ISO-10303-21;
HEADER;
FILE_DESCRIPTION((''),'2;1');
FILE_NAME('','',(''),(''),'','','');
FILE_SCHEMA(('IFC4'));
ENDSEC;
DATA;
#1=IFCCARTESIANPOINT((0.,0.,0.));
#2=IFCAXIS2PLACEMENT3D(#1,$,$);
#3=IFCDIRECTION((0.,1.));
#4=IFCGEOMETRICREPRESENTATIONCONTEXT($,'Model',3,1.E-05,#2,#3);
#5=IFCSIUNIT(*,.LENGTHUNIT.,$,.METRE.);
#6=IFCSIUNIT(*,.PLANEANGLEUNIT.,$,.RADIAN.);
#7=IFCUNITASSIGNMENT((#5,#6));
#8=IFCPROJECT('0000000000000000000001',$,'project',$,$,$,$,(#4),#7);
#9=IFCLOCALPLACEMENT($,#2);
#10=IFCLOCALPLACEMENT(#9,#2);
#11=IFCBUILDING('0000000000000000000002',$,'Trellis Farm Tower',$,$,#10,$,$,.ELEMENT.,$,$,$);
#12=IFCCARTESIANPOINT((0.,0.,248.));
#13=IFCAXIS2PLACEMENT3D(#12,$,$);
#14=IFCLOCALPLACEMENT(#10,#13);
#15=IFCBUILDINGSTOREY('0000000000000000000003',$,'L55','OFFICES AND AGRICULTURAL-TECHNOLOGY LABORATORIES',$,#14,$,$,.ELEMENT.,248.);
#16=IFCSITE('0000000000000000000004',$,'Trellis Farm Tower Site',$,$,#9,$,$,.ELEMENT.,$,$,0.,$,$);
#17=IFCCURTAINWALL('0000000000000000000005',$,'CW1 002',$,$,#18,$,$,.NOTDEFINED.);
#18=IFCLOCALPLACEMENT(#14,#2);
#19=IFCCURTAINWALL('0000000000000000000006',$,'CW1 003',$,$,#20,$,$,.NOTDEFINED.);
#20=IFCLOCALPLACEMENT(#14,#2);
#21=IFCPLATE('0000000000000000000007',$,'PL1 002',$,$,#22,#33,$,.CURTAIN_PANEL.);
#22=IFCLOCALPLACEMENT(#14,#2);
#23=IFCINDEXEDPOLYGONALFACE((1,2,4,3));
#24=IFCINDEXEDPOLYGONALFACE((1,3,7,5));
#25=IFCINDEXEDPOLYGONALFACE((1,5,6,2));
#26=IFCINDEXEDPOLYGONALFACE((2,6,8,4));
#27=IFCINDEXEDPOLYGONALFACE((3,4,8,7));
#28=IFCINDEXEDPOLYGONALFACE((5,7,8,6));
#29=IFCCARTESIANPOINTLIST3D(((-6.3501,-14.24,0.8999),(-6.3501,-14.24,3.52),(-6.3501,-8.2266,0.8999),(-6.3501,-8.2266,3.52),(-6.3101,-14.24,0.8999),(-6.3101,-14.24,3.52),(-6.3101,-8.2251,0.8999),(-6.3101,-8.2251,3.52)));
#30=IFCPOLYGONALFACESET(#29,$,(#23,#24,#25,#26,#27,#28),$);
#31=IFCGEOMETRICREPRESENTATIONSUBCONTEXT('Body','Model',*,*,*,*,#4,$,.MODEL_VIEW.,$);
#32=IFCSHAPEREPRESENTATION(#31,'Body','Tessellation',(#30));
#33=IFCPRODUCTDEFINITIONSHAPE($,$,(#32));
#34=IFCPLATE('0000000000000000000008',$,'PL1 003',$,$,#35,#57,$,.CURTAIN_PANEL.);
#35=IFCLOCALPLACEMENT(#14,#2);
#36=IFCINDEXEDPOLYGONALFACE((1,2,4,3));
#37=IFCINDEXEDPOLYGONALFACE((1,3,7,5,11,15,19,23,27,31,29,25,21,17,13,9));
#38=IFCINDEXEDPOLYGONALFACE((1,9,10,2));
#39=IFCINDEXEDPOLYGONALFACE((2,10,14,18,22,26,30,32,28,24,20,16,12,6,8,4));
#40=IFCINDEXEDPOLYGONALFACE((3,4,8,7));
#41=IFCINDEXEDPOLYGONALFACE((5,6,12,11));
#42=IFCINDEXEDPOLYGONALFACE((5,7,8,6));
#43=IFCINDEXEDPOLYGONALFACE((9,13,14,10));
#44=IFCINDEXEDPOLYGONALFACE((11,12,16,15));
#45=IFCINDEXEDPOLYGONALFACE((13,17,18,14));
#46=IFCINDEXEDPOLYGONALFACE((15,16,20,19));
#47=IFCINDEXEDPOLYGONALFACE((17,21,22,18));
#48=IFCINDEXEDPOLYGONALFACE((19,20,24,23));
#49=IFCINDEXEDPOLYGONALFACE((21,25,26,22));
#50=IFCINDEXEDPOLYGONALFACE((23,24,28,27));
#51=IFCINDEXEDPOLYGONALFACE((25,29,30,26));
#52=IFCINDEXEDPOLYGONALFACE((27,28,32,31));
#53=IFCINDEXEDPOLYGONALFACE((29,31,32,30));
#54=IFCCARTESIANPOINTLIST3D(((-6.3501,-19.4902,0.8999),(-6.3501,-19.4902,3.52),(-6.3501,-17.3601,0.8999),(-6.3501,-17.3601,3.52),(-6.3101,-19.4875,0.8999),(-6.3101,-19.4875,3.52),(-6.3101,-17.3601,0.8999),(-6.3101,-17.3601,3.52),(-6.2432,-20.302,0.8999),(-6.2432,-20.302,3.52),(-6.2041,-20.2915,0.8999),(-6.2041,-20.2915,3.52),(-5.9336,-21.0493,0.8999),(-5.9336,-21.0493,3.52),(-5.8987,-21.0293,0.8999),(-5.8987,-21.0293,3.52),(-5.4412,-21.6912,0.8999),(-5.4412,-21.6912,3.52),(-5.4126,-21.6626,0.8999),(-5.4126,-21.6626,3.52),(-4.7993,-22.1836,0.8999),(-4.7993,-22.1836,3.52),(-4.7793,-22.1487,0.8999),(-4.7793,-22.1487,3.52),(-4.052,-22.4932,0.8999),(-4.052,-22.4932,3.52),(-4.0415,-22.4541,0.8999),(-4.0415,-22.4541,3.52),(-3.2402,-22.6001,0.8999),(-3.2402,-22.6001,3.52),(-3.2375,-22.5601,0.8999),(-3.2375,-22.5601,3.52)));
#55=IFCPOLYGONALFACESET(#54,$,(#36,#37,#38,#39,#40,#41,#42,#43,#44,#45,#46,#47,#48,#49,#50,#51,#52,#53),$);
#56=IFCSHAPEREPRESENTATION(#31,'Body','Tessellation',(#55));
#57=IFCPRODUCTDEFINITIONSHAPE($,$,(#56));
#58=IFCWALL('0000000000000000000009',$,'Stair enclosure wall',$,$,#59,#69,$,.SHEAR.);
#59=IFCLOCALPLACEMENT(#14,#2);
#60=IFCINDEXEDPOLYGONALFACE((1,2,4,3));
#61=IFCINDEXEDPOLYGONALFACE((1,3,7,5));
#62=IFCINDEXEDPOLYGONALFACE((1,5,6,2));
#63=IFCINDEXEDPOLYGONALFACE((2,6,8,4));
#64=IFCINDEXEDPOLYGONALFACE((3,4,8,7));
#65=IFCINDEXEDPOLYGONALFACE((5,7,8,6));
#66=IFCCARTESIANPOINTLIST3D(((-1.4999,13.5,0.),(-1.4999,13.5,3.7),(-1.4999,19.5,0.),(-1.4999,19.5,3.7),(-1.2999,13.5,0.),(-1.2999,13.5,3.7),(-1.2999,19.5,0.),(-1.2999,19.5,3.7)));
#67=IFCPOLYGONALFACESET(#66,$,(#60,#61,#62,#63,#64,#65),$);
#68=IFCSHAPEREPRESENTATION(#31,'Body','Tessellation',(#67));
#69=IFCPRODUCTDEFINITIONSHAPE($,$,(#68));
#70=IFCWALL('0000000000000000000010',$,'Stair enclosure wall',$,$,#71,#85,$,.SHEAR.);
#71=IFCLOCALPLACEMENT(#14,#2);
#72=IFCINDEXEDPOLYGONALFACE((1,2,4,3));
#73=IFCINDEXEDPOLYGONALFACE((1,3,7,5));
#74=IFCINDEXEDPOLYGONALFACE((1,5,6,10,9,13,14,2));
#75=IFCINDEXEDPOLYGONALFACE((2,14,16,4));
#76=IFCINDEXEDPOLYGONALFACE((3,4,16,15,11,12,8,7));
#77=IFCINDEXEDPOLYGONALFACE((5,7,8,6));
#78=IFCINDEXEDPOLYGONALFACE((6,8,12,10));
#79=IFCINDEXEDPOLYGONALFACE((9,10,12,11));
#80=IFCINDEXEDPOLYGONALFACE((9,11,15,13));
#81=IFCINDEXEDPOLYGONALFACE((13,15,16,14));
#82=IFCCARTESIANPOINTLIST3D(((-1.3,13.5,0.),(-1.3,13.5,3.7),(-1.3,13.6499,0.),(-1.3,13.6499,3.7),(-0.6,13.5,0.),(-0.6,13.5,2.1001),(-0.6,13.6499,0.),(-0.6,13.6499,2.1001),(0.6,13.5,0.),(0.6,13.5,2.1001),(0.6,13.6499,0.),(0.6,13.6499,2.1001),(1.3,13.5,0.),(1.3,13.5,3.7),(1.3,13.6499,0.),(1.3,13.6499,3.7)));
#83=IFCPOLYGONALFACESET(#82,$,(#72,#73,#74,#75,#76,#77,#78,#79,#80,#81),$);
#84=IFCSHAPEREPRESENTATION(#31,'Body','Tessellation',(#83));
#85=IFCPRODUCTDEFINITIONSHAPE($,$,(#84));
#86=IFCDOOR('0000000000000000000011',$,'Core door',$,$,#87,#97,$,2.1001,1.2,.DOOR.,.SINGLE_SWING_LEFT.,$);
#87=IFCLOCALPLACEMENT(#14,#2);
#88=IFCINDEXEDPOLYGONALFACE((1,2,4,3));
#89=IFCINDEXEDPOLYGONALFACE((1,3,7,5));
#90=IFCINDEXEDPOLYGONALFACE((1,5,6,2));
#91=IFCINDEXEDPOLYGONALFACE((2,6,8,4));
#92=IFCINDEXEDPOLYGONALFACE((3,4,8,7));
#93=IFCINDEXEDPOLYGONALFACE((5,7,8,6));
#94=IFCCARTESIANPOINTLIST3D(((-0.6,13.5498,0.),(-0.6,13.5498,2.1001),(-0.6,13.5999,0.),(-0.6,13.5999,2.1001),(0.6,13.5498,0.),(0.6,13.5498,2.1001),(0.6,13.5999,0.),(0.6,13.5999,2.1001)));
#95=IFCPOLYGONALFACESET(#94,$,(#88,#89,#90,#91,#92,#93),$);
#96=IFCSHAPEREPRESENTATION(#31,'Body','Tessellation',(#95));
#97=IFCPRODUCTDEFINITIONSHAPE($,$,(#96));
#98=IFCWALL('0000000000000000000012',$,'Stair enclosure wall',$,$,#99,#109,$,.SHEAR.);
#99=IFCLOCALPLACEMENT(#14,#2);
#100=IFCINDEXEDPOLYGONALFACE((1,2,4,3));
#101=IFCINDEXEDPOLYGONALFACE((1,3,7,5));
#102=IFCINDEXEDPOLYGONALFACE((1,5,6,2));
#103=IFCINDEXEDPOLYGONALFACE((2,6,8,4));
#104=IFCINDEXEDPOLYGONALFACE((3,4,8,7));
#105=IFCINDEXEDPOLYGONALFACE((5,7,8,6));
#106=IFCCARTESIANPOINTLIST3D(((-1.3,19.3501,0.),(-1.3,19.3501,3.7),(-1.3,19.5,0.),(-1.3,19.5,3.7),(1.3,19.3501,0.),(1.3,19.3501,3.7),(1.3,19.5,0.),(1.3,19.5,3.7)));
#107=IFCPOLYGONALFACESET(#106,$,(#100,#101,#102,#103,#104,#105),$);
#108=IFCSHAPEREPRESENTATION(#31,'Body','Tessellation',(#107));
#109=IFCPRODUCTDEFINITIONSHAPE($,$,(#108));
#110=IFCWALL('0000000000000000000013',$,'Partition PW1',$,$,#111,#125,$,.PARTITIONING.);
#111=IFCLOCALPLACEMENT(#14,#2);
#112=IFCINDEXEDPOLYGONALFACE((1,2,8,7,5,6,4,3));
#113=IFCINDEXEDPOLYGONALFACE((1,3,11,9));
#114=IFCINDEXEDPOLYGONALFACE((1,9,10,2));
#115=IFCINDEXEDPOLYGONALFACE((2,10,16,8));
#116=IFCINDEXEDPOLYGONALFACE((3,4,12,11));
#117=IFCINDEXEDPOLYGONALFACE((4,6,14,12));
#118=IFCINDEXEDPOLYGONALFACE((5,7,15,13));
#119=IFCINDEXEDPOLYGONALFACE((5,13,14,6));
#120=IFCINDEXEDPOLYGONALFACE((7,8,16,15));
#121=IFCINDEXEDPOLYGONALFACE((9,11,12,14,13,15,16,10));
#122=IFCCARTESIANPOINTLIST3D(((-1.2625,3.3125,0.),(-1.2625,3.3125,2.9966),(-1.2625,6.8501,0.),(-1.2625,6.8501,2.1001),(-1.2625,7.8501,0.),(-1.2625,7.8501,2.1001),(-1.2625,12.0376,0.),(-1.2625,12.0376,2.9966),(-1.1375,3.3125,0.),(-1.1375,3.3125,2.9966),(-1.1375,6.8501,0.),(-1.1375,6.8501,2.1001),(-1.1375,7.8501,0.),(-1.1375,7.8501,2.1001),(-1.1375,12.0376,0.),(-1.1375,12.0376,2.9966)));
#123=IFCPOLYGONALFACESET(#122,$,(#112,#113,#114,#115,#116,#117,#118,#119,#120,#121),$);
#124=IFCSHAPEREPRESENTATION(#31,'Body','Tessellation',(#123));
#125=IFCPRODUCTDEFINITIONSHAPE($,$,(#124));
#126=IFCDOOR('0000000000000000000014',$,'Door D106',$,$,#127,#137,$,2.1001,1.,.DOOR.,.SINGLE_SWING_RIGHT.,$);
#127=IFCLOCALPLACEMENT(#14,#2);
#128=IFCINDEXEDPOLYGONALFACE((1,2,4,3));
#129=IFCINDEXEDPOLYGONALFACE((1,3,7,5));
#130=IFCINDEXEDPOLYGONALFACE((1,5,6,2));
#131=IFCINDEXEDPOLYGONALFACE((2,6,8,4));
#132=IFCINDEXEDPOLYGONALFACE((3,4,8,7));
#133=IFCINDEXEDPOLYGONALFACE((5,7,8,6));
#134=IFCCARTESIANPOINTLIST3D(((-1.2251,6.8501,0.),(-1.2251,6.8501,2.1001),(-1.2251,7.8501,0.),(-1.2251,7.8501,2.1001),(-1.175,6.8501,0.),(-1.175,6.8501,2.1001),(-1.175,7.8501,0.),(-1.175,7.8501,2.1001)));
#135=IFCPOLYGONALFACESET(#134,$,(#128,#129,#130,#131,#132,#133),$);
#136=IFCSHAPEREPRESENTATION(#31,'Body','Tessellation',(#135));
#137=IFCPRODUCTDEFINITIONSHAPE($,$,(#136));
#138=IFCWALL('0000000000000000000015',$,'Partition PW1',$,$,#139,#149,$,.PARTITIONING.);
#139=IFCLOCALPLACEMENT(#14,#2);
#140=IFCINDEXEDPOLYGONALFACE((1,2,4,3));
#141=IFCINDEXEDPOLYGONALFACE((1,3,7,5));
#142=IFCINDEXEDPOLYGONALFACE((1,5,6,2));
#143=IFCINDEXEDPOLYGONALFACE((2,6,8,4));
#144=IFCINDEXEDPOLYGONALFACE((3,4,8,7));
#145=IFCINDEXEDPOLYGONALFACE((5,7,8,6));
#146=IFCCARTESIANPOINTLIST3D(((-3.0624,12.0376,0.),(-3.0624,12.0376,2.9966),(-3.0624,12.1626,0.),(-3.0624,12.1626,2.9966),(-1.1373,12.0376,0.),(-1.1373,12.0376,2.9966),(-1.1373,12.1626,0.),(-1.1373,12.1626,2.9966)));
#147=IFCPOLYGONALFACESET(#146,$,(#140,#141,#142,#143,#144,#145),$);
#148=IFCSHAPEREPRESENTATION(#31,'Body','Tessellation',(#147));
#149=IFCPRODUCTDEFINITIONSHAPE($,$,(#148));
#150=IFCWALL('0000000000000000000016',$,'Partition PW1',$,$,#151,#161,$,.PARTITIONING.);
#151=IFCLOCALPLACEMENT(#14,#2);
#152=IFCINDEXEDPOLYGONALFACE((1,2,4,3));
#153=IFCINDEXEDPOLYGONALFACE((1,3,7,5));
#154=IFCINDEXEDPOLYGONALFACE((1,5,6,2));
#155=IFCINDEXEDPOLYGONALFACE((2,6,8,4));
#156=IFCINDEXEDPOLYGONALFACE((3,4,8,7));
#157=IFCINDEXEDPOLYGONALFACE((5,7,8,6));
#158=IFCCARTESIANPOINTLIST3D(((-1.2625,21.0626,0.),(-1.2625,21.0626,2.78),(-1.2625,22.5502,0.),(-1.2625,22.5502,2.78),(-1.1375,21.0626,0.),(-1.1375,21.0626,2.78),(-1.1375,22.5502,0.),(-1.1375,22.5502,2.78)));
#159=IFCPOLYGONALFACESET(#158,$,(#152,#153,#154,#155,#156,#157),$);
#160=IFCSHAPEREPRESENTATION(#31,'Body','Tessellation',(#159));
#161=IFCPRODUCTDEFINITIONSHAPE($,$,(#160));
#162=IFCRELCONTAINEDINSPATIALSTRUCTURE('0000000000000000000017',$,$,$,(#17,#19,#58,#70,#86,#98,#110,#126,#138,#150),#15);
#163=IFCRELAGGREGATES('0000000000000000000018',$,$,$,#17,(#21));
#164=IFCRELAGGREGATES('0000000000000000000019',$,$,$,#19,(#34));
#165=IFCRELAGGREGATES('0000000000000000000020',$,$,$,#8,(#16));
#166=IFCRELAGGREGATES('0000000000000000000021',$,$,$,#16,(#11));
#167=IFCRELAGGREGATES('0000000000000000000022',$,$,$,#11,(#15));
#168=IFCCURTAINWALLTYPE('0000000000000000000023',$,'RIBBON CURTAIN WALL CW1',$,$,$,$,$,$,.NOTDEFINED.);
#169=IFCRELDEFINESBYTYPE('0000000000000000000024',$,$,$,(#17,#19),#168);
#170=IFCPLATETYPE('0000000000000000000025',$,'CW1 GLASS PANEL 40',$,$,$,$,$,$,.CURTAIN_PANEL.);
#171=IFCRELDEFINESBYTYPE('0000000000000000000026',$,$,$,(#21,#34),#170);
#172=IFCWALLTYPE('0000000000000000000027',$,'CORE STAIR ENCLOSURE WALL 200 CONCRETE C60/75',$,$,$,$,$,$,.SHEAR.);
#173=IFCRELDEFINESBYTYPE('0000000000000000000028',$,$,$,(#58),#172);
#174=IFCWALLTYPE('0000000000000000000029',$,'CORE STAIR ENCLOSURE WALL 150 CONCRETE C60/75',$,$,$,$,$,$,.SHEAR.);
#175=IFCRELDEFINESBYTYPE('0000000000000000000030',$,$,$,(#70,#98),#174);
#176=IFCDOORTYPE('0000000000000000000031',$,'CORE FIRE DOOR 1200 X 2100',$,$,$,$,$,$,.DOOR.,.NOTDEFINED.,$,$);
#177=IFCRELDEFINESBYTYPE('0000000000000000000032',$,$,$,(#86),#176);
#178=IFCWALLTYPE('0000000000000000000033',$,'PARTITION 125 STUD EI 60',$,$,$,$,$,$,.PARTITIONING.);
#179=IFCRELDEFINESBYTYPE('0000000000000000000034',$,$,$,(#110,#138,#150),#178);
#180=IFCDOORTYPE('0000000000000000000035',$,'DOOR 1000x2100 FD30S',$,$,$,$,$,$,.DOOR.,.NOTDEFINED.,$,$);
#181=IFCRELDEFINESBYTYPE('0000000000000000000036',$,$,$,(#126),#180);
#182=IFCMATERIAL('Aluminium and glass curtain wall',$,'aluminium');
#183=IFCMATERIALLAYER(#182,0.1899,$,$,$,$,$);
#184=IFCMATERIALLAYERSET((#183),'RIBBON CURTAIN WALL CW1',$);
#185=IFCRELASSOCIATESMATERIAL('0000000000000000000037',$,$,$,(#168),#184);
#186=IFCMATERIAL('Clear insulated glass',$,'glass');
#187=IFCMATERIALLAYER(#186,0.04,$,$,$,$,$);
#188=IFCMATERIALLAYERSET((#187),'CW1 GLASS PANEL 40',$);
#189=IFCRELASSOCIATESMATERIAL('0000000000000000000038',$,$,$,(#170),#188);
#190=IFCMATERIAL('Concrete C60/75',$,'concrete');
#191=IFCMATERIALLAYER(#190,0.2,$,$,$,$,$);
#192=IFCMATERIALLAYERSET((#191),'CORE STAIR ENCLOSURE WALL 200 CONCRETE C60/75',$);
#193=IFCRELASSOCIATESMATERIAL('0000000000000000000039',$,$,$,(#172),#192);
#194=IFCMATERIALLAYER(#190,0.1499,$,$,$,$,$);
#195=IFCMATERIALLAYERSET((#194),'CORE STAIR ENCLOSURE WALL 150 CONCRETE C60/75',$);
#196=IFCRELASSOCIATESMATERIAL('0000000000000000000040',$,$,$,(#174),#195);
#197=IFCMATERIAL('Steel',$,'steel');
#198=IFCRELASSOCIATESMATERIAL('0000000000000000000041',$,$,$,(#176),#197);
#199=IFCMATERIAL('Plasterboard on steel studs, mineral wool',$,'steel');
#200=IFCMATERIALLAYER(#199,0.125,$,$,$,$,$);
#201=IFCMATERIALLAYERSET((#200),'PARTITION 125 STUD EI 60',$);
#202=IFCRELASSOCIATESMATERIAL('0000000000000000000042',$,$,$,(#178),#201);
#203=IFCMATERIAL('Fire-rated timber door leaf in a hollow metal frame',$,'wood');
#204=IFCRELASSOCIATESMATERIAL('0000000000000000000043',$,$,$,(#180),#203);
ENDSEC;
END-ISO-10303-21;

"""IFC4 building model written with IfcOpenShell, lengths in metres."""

from ifc_helpers import new_model, si_unit, direction, frame, frame_2d, origin, place, context, subcontext, project, spatial, polyline, rectangle, outline, extrude, source, transform, mapped, material, layer, layer_set, type_object, element, fill, aggregate, save


model = new_model("IFC4")

# Units and contexts
model_context = context("Model", 3, precision=1e-05, world=origin(), true_north=direction((0.0, 1.0)))
body_context = subcontext(model_context, "Body", "Model", "MODEL_VIEW")
ifc_project = project(units=[si_unit("LENGTHUNIT", "METRE"), si_unit("PLANEANGLEUNIT", "RADIAN")], contexts=[model_context])

# Site, building, storey
site_placement = place(None, origin())
site = spatial("IfcSite", under=ifc_project, at=site_placement, Name="Trellis Farm Tower Site", CompositionType="ELEMENT", RefElevation=0.0)
building_placement = place(site_placement, origin())
building = spatial("IfcBuilding", under=site, at=building_placement, Name="Trellis Farm Tower", CompositionType="ELEMENT")
storey_placement = place(building_placement, frame((0.0, 0.0, 248.0)))
storey = spatial("IfcBuildingStorey", under=building, at=storey_placement, Name="L55", Description="OFFICES AND AGRICULTURAL-TECHNOLOGY LABORATORIES", CompositionType="ELEMENT", Elevation=248.0)

# Shared definitions
ifc_material_1 = material(Name="Concrete C60/75", Category="concrete")

# Curtain walls
ifc_material_2 = material(Name="Aluminium and glass curtain wall", Category="aluminium")
placement_1 = place(storey_placement, origin())
ifc_layer_1 = layer(ifc_material_2, 0.1899)
ifc_layer_set_1 = layer_set([ifc_layer_1], Name="RIBBON CURTAIN WALL CW1")
curtain_wall_type_1 = type_object("IfcCurtainWallType", Name="RIBBON CURTAIN WALL CW1", PredefinedType="NOTDEFINED", material=ifc_layer_set_1)
curtain_wall_1 = element("IfcCurtainWall", 1, at=placement_1, inside=storey, type_object=curtain_wall_type_1, Name="CW1 002", PredefinedType="NOTDEFINED")
curtain_wall_2 = element("IfcCurtainWall", 2, at=placement_1, inside=storey, type_object=curtain_wall_type_1, Name="CW1 003", PredefinedType="NOTDEFINED")

# Plates
ifc_material_3 = material(Name="Clear insulated glass", Category="glass")
ifc_layer_2 = layer(ifc_material_3, 0.04)
ifc_layer_set_2 = layer_set([ifc_layer_2], Name="CW1 GLASS PANEL 40")
plate_type_1 = type_object("IfcPlateType", Name="CW1 GLASS PANEL 40", PredefinedType="CURTAIN_PANEL", material=ifc_layer_set_2)
placement_2 = place(storey_placement, frame((0.0, 0.0, 0.8999)))
shared_shape_1 = source(origin(), body_context, "Body", "SweptSolid", [
    extrude(outline(polyline([(-6.3501, -8.2266), (-6.3501, -14.24), (-6.3101, -14.24), (-6.3101, -8.2251), (-6.3501, -8.2266)])), origin(), (0.0, 0.0, 1.0), 2.6201),
])
plate_1 = element("IfcPlate", 3, at=placement_2, type_object=plate_type_1, Name="PL1 002", PredefinedType="CURTAIN_PANEL", context=body_context, shape_type="MappedRepresentation", body=[
    mapped(shared_shape_1, transform((0.0, 0.0, 0.0))),
])
aggregate(curtain_wall_1, [plate_1])
shared_shape_2 = source(origin(), body_context, "Body", "SweptSolid", [
    extrude(outline(polyline([(-6.3501, -17.3601), (-6.3501, -19.4902), (-6.2432, -20.302), (-5.9336, -21.0493), (-5.4412, -21.6912), (-4.7993, -22.1836), (-4.052, -22.4932), (-3.2402, -22.6001), (-3.2375, -22.5601), (-4.0415, -22.4541), (-4.7793, -22.1487), (-5.4126, -21.6626), (-5.8987, -21.0293), (-6.2041, -20.2915), (-6.3101, -19.4875), (-6.3101, -17.3601), (-6.3501, -17.3601)])), origin(), (0.0, 0.0, 1.0), 2.6201),
])
plate_2 = element("IfcPlate", 4, at=placement_2, type_object=plate_type_1, Name="PL1 003", PredefinedType="CURTAIN_PANEL", context=body_context, shape_type="MappedRepresentation", body=[
    mapped(shared_shape_2, transform((0.0, 0.0, 0.0))),
])
aggregate(curtain_wall_2, [plate_2])

# Wall
ifc_layer_3 = layer(ifc_material_1, 0.2)
ifc_layer_set_3 = layer_set([ifc_layer_3], Name="CORE STAIR ENCLOSURE WALL 200 CONCRETE C60/75")
wall_type_1 = type_object("IfcWallType", Name="CORE STAIR ENCLOSURE WALL 200 CONCRETE C60/75", PredefinedType="SHEAR", material=ifc_layer_set_3)
shared_shape_3 = source(origin(), body_context, "Body", "SweptSolid", [
    extrude(rectangle(XDim=6.0, YDim=0.2, at=frame_2d((3.0, 0.0))), origin(), (0.0, 0.0, 1.0), 3.7),
])
wall_1_placement = place(storey_placement, frame((-1.3999, 13.5, 0.0), z_axis=(0.0, 0.0, 1.0), x_axis=(0.0, 1.0, 0.0)))
element("IfcWall", 5, at=wall_1_placement, inside=storey, type_object=wall_type_1, Name="Stair enclosure wall", PredefinedType="SHEAR", context=body_context, shape_type="MappedRepresentation", body=[
    mapped(shared_shape_3, transform((0.0, 0.0, 0.0))),
])

# Wall, opening, door
ifc_layer_4 = layer(ifc_material_1, 0.1499)
ifc_layer_set_4 = layer_set([ifc_layer_4], Name="CORE STAIR ENCLOSURE WALL 150 CONCRETE C60/75")
wall_type_2 = type_object("IfcWallType", Name="CORE STAIR ENCLOSURE WALL 150 CONCRETE C60/75", PredefinedType="SHEAR", material=ifc_layer_set_4)
shared_shape_4 = source(origin(), body_context, "Body", "SweptSolid", [
    extrude(rectangle(XDim=2.6001, YDim=0.1499, at=frame_2d((1.3, 0.0))), origin(), (0.0, 0.0, 1.0), 3.7),
])
wall_2_placement = place(storey_placement, frame((-1.3, 13.575, 0.0), z_axis=(0.0, 0.0, 1.0), x_axis=(1.0, 0.0, 0.0)))
wall_2 = element("IfcWall", 6, at=wall_2_placement, inside=storey, type_object=wall_type_2, Name="Stair enclosure wall", PredefinedType="SHEAR", context=body_context, shape_type="MappedRepresentation", body=[
    mapped(shared_shape_4, transform((0.0, 0.0, 0.0))),
])
shared_shape_5 = source(origin(), body_context, "Body", "SweptSolid", [
    extrude(rectangle(XDim=1.2, YDim=2.1001, at=frame_2d((0.6001, 1.05))), frame((0.0, 0.085, 0.0), z_axis=(0.0, -1.0, 0.0), x_axis=(1.0, 0.0, 0.0)), (0.0, 0.0, 1.0), 0.1699),
])
opening_1_placement = place(wall_2_placement, frame((0.7, 0.0, 0.0)))
opening_1 = element("IfcOpeningElement", 7, at=opening_1_placement, cuts=wall_2, PredefinedType="OPENING", context=body_context, shape_type="MappedRepresentation", body=[
    mapped(shared_shape_5, transform((0.0, 0.0, 0.0))),
])
ifc_material_4 = material(Name="Steel", Category="steel")
door_type_1 = type_object("IfcDoorType", Name="CORE FIRE DOOR 1200 X 2100", OperationType="NOTDEFINED", PredefinedType="DOOR", material=ifc_material_4)
shared_shape_6 = source(origin(), body_context, "Body", "SweptSolid", [
    extrude(rectangle(XDim=1.2, YDim=2.1001, at=frame_2d((0.6001, 1.05))), frame((0.0, 0.0249, 0.0), z_axis=(0.0, -1.0, 0.0), x_axis=(1.0, 0.0, 0.0)), (0.0, 0.0, 1.0), 0.05),
])
door_1_placement = place(opening_1_placement, origin())
door_1 = element("IfcDoor", 8, at=door_1_placement, inside=storey, type_object=door_type_1, Name="Core door", OperationType="SINGLE_SWING_LEFT", OverallHeight=2.1001, OverallWidth=1.2, PredefinedType="DOOR", context=body_context, shape_type="MappedRepresentation", body=[
    mapped(shared_shape_6, transform((0.0, 0.0, 0.0))),
])
fill(opening_1, door_1)

# Wall
wall_3_placement = place(storey_placement, frame((-1.3, 19.425, 0.0), z_axis=(0.0, 0.0, 1.0), x_axis=(1.0, 0.0, 0.0)))
element("IfcWall", 9, at=wall_3_placement, inside=storey, type_object=wall_type_2, Name="Stair enclosure wall", PredefinedType="SHEAR", context=body_context, shape_type="MappedRepresentation", body=[
    mapped(shared_shape_4, transform((0.0, 0.0, 0.0))),
])

# Wall, opening, door
ifc_material_5 = material(Name="Plasterboard on steel studs, mineral wool", Category="steel")
ifc_layer_5 = layer(ifc_material_5, 0.125)
ifc_layer_set_5 = layer_set([ifc_layer_5], Name="PARTITION 125 STUD EI 60")
wall_type_3 = type_object("IfcWallType", Name="PARTITION 125 STUD EI 60", PredefinedType="PARTITIONING", material=ifc_layer_set_5)
shared_shape_7 = source(origin(), body_context, "Body", "SweptSolid", [
    extrude(rectangle(XDim=8.7251, YDim=0.125, at=frame_2d((4.3625, 0.0))), origin(), (0.0, 0.0, 1.0), 2.9966),
])
wall_4_placement = place(storey_placement, frame((-1.2, 12.0376, 0.0), z_axis=(0.0, 0.0, 1.0), x_axis=(0.0, -1.0, 0.0)))
wall_4 = element("IfcWall", 10, at=wall_4_placement, inside=storey, type_object=wall_type_3, Name="Partition PW1", PredefinedType="PARTITIONING", context=body_context, shape_type="MappedRepresentation", body=[
    mapped(shared_shape_7, transform((0.0, 0.0, 0.0))),
])
shared_shape_8 = source(origin(), body_context, "Body", "SweptSolid", [
    extrude(rectangle(XDim=1.0, YDim=2.1001, at=frame_2d((0.5, 1.05))), frame((0.0, 0.0725, 0.0), z_axis=(0.0, -1.0, 0.0), x_axis=(1.0, 0.0, 0.0)), (0.0, 0.0, 1.0), 0.145),
])
opening_2_placement = place(wall_4_placement, frame((4.1875, 0.0, 0.0)))
opening_2 = element("IfcOpeningElement", 11, at=opening_2_placement, cuts=wall_4, PredefinedType="OPENING", context=body_context, shape_type="MappedRepresentation", body=[
    mapped(shared_shape_8, transform((0.0, 0.0, 0.0))),
])
ifc_material_6 = material(Name="Fire-rated timber door leaf in a hollow metal frame", Category="wood")
door_type_2 = type_object("IfcDoorType", Name="DOOR 1000x2100 FD30S", OperationType="NOTDEFINED", PredefinedType="DOOR", material=ifc_material_6)
shared_shape_9 = source(origin(), body_context, "Body", "SweptSolid", [
    extrude(rectangle(XDim=1.0, YDim=2.1001, at=frame_2d((0.5, 1.05))), frame((0.0, 0.0249, 0.0), z_axis=(0.0, -1.0, 0.0), x_axis=(1.0, 0.0, 0.0)), (0.0, 0.0, 1.0), 0.05),
])
door_2_placement = place(opening_2_placement, origin())
door_2 = element("IfcDoor", 12, at=door_2_placement, inside=storey, type_object=door_type_2, Name="Door D106", OperationType="SINGLE_SWING_RIGHT", OverallHeight=2.1001, OverallWidth=1.0, PredefinedType="DOOR", context=body_context, shape_type="MappedRepresentation", body=[
    mapped(shared_shape_9, transform((0.0, 0.0, 0.0))),
])
fill(opening_2, door_2)

# Walls
shared_shape_10 = source(origin(), body_context, "Body", "SweptSolid", [
    extrude(rectangle(XDim=1.925, YDim=0.125, at=frame_2d((0.9624, 0.0))), origin(), (0.0, 0.0, 1.0), 2.9966),
])
wall_5_placement = place(storey_placement, frame((-1.1375, 12.1001, 0.0), z_axis=(0.0, 0.0, 1.0), x_axis=(-1.0, 0.0, 0.0)))
element("IfcWall", 13, at=wall_5_placement, inside=storey, type_object=wall_type_3, Name="Partition PW1", PredefinedType="PARTITIONING", context=body_context, shape_type="MappedRepresentation", body=[
    mapped(shared_shape_10, transform((0.0, 0.0, 0.0))),
])
shared_shape_11 = source(origin(), body_context, "Body", "SweptSolid", [
    extrude(rectangle(XDim=1.4875, YDim=0.125, at=frame_2d((0.7437, 0.0))), origin(), (0.0, 0.0, 1.0), 2.78),
])
wall_6_placement = place(storey_placement, frame((-1.2, 22.55, 0.0), z_axis=(0.0, 0.0, 1.0), x_axis=(0.0, -1.0, 0.0)))
element("IfcWall", 14, at=wall_6_placement, inside=storey, type_object=wall_type_3, Name="Partition PW1", PredefinedType="PARTITIONING", context=body_context, shape_type="MappedRepresentation", body=[
    mapped(shared_shape_11, transform((0.0, 0.0, 0.0))),
])

save(model, "model.ifc")
